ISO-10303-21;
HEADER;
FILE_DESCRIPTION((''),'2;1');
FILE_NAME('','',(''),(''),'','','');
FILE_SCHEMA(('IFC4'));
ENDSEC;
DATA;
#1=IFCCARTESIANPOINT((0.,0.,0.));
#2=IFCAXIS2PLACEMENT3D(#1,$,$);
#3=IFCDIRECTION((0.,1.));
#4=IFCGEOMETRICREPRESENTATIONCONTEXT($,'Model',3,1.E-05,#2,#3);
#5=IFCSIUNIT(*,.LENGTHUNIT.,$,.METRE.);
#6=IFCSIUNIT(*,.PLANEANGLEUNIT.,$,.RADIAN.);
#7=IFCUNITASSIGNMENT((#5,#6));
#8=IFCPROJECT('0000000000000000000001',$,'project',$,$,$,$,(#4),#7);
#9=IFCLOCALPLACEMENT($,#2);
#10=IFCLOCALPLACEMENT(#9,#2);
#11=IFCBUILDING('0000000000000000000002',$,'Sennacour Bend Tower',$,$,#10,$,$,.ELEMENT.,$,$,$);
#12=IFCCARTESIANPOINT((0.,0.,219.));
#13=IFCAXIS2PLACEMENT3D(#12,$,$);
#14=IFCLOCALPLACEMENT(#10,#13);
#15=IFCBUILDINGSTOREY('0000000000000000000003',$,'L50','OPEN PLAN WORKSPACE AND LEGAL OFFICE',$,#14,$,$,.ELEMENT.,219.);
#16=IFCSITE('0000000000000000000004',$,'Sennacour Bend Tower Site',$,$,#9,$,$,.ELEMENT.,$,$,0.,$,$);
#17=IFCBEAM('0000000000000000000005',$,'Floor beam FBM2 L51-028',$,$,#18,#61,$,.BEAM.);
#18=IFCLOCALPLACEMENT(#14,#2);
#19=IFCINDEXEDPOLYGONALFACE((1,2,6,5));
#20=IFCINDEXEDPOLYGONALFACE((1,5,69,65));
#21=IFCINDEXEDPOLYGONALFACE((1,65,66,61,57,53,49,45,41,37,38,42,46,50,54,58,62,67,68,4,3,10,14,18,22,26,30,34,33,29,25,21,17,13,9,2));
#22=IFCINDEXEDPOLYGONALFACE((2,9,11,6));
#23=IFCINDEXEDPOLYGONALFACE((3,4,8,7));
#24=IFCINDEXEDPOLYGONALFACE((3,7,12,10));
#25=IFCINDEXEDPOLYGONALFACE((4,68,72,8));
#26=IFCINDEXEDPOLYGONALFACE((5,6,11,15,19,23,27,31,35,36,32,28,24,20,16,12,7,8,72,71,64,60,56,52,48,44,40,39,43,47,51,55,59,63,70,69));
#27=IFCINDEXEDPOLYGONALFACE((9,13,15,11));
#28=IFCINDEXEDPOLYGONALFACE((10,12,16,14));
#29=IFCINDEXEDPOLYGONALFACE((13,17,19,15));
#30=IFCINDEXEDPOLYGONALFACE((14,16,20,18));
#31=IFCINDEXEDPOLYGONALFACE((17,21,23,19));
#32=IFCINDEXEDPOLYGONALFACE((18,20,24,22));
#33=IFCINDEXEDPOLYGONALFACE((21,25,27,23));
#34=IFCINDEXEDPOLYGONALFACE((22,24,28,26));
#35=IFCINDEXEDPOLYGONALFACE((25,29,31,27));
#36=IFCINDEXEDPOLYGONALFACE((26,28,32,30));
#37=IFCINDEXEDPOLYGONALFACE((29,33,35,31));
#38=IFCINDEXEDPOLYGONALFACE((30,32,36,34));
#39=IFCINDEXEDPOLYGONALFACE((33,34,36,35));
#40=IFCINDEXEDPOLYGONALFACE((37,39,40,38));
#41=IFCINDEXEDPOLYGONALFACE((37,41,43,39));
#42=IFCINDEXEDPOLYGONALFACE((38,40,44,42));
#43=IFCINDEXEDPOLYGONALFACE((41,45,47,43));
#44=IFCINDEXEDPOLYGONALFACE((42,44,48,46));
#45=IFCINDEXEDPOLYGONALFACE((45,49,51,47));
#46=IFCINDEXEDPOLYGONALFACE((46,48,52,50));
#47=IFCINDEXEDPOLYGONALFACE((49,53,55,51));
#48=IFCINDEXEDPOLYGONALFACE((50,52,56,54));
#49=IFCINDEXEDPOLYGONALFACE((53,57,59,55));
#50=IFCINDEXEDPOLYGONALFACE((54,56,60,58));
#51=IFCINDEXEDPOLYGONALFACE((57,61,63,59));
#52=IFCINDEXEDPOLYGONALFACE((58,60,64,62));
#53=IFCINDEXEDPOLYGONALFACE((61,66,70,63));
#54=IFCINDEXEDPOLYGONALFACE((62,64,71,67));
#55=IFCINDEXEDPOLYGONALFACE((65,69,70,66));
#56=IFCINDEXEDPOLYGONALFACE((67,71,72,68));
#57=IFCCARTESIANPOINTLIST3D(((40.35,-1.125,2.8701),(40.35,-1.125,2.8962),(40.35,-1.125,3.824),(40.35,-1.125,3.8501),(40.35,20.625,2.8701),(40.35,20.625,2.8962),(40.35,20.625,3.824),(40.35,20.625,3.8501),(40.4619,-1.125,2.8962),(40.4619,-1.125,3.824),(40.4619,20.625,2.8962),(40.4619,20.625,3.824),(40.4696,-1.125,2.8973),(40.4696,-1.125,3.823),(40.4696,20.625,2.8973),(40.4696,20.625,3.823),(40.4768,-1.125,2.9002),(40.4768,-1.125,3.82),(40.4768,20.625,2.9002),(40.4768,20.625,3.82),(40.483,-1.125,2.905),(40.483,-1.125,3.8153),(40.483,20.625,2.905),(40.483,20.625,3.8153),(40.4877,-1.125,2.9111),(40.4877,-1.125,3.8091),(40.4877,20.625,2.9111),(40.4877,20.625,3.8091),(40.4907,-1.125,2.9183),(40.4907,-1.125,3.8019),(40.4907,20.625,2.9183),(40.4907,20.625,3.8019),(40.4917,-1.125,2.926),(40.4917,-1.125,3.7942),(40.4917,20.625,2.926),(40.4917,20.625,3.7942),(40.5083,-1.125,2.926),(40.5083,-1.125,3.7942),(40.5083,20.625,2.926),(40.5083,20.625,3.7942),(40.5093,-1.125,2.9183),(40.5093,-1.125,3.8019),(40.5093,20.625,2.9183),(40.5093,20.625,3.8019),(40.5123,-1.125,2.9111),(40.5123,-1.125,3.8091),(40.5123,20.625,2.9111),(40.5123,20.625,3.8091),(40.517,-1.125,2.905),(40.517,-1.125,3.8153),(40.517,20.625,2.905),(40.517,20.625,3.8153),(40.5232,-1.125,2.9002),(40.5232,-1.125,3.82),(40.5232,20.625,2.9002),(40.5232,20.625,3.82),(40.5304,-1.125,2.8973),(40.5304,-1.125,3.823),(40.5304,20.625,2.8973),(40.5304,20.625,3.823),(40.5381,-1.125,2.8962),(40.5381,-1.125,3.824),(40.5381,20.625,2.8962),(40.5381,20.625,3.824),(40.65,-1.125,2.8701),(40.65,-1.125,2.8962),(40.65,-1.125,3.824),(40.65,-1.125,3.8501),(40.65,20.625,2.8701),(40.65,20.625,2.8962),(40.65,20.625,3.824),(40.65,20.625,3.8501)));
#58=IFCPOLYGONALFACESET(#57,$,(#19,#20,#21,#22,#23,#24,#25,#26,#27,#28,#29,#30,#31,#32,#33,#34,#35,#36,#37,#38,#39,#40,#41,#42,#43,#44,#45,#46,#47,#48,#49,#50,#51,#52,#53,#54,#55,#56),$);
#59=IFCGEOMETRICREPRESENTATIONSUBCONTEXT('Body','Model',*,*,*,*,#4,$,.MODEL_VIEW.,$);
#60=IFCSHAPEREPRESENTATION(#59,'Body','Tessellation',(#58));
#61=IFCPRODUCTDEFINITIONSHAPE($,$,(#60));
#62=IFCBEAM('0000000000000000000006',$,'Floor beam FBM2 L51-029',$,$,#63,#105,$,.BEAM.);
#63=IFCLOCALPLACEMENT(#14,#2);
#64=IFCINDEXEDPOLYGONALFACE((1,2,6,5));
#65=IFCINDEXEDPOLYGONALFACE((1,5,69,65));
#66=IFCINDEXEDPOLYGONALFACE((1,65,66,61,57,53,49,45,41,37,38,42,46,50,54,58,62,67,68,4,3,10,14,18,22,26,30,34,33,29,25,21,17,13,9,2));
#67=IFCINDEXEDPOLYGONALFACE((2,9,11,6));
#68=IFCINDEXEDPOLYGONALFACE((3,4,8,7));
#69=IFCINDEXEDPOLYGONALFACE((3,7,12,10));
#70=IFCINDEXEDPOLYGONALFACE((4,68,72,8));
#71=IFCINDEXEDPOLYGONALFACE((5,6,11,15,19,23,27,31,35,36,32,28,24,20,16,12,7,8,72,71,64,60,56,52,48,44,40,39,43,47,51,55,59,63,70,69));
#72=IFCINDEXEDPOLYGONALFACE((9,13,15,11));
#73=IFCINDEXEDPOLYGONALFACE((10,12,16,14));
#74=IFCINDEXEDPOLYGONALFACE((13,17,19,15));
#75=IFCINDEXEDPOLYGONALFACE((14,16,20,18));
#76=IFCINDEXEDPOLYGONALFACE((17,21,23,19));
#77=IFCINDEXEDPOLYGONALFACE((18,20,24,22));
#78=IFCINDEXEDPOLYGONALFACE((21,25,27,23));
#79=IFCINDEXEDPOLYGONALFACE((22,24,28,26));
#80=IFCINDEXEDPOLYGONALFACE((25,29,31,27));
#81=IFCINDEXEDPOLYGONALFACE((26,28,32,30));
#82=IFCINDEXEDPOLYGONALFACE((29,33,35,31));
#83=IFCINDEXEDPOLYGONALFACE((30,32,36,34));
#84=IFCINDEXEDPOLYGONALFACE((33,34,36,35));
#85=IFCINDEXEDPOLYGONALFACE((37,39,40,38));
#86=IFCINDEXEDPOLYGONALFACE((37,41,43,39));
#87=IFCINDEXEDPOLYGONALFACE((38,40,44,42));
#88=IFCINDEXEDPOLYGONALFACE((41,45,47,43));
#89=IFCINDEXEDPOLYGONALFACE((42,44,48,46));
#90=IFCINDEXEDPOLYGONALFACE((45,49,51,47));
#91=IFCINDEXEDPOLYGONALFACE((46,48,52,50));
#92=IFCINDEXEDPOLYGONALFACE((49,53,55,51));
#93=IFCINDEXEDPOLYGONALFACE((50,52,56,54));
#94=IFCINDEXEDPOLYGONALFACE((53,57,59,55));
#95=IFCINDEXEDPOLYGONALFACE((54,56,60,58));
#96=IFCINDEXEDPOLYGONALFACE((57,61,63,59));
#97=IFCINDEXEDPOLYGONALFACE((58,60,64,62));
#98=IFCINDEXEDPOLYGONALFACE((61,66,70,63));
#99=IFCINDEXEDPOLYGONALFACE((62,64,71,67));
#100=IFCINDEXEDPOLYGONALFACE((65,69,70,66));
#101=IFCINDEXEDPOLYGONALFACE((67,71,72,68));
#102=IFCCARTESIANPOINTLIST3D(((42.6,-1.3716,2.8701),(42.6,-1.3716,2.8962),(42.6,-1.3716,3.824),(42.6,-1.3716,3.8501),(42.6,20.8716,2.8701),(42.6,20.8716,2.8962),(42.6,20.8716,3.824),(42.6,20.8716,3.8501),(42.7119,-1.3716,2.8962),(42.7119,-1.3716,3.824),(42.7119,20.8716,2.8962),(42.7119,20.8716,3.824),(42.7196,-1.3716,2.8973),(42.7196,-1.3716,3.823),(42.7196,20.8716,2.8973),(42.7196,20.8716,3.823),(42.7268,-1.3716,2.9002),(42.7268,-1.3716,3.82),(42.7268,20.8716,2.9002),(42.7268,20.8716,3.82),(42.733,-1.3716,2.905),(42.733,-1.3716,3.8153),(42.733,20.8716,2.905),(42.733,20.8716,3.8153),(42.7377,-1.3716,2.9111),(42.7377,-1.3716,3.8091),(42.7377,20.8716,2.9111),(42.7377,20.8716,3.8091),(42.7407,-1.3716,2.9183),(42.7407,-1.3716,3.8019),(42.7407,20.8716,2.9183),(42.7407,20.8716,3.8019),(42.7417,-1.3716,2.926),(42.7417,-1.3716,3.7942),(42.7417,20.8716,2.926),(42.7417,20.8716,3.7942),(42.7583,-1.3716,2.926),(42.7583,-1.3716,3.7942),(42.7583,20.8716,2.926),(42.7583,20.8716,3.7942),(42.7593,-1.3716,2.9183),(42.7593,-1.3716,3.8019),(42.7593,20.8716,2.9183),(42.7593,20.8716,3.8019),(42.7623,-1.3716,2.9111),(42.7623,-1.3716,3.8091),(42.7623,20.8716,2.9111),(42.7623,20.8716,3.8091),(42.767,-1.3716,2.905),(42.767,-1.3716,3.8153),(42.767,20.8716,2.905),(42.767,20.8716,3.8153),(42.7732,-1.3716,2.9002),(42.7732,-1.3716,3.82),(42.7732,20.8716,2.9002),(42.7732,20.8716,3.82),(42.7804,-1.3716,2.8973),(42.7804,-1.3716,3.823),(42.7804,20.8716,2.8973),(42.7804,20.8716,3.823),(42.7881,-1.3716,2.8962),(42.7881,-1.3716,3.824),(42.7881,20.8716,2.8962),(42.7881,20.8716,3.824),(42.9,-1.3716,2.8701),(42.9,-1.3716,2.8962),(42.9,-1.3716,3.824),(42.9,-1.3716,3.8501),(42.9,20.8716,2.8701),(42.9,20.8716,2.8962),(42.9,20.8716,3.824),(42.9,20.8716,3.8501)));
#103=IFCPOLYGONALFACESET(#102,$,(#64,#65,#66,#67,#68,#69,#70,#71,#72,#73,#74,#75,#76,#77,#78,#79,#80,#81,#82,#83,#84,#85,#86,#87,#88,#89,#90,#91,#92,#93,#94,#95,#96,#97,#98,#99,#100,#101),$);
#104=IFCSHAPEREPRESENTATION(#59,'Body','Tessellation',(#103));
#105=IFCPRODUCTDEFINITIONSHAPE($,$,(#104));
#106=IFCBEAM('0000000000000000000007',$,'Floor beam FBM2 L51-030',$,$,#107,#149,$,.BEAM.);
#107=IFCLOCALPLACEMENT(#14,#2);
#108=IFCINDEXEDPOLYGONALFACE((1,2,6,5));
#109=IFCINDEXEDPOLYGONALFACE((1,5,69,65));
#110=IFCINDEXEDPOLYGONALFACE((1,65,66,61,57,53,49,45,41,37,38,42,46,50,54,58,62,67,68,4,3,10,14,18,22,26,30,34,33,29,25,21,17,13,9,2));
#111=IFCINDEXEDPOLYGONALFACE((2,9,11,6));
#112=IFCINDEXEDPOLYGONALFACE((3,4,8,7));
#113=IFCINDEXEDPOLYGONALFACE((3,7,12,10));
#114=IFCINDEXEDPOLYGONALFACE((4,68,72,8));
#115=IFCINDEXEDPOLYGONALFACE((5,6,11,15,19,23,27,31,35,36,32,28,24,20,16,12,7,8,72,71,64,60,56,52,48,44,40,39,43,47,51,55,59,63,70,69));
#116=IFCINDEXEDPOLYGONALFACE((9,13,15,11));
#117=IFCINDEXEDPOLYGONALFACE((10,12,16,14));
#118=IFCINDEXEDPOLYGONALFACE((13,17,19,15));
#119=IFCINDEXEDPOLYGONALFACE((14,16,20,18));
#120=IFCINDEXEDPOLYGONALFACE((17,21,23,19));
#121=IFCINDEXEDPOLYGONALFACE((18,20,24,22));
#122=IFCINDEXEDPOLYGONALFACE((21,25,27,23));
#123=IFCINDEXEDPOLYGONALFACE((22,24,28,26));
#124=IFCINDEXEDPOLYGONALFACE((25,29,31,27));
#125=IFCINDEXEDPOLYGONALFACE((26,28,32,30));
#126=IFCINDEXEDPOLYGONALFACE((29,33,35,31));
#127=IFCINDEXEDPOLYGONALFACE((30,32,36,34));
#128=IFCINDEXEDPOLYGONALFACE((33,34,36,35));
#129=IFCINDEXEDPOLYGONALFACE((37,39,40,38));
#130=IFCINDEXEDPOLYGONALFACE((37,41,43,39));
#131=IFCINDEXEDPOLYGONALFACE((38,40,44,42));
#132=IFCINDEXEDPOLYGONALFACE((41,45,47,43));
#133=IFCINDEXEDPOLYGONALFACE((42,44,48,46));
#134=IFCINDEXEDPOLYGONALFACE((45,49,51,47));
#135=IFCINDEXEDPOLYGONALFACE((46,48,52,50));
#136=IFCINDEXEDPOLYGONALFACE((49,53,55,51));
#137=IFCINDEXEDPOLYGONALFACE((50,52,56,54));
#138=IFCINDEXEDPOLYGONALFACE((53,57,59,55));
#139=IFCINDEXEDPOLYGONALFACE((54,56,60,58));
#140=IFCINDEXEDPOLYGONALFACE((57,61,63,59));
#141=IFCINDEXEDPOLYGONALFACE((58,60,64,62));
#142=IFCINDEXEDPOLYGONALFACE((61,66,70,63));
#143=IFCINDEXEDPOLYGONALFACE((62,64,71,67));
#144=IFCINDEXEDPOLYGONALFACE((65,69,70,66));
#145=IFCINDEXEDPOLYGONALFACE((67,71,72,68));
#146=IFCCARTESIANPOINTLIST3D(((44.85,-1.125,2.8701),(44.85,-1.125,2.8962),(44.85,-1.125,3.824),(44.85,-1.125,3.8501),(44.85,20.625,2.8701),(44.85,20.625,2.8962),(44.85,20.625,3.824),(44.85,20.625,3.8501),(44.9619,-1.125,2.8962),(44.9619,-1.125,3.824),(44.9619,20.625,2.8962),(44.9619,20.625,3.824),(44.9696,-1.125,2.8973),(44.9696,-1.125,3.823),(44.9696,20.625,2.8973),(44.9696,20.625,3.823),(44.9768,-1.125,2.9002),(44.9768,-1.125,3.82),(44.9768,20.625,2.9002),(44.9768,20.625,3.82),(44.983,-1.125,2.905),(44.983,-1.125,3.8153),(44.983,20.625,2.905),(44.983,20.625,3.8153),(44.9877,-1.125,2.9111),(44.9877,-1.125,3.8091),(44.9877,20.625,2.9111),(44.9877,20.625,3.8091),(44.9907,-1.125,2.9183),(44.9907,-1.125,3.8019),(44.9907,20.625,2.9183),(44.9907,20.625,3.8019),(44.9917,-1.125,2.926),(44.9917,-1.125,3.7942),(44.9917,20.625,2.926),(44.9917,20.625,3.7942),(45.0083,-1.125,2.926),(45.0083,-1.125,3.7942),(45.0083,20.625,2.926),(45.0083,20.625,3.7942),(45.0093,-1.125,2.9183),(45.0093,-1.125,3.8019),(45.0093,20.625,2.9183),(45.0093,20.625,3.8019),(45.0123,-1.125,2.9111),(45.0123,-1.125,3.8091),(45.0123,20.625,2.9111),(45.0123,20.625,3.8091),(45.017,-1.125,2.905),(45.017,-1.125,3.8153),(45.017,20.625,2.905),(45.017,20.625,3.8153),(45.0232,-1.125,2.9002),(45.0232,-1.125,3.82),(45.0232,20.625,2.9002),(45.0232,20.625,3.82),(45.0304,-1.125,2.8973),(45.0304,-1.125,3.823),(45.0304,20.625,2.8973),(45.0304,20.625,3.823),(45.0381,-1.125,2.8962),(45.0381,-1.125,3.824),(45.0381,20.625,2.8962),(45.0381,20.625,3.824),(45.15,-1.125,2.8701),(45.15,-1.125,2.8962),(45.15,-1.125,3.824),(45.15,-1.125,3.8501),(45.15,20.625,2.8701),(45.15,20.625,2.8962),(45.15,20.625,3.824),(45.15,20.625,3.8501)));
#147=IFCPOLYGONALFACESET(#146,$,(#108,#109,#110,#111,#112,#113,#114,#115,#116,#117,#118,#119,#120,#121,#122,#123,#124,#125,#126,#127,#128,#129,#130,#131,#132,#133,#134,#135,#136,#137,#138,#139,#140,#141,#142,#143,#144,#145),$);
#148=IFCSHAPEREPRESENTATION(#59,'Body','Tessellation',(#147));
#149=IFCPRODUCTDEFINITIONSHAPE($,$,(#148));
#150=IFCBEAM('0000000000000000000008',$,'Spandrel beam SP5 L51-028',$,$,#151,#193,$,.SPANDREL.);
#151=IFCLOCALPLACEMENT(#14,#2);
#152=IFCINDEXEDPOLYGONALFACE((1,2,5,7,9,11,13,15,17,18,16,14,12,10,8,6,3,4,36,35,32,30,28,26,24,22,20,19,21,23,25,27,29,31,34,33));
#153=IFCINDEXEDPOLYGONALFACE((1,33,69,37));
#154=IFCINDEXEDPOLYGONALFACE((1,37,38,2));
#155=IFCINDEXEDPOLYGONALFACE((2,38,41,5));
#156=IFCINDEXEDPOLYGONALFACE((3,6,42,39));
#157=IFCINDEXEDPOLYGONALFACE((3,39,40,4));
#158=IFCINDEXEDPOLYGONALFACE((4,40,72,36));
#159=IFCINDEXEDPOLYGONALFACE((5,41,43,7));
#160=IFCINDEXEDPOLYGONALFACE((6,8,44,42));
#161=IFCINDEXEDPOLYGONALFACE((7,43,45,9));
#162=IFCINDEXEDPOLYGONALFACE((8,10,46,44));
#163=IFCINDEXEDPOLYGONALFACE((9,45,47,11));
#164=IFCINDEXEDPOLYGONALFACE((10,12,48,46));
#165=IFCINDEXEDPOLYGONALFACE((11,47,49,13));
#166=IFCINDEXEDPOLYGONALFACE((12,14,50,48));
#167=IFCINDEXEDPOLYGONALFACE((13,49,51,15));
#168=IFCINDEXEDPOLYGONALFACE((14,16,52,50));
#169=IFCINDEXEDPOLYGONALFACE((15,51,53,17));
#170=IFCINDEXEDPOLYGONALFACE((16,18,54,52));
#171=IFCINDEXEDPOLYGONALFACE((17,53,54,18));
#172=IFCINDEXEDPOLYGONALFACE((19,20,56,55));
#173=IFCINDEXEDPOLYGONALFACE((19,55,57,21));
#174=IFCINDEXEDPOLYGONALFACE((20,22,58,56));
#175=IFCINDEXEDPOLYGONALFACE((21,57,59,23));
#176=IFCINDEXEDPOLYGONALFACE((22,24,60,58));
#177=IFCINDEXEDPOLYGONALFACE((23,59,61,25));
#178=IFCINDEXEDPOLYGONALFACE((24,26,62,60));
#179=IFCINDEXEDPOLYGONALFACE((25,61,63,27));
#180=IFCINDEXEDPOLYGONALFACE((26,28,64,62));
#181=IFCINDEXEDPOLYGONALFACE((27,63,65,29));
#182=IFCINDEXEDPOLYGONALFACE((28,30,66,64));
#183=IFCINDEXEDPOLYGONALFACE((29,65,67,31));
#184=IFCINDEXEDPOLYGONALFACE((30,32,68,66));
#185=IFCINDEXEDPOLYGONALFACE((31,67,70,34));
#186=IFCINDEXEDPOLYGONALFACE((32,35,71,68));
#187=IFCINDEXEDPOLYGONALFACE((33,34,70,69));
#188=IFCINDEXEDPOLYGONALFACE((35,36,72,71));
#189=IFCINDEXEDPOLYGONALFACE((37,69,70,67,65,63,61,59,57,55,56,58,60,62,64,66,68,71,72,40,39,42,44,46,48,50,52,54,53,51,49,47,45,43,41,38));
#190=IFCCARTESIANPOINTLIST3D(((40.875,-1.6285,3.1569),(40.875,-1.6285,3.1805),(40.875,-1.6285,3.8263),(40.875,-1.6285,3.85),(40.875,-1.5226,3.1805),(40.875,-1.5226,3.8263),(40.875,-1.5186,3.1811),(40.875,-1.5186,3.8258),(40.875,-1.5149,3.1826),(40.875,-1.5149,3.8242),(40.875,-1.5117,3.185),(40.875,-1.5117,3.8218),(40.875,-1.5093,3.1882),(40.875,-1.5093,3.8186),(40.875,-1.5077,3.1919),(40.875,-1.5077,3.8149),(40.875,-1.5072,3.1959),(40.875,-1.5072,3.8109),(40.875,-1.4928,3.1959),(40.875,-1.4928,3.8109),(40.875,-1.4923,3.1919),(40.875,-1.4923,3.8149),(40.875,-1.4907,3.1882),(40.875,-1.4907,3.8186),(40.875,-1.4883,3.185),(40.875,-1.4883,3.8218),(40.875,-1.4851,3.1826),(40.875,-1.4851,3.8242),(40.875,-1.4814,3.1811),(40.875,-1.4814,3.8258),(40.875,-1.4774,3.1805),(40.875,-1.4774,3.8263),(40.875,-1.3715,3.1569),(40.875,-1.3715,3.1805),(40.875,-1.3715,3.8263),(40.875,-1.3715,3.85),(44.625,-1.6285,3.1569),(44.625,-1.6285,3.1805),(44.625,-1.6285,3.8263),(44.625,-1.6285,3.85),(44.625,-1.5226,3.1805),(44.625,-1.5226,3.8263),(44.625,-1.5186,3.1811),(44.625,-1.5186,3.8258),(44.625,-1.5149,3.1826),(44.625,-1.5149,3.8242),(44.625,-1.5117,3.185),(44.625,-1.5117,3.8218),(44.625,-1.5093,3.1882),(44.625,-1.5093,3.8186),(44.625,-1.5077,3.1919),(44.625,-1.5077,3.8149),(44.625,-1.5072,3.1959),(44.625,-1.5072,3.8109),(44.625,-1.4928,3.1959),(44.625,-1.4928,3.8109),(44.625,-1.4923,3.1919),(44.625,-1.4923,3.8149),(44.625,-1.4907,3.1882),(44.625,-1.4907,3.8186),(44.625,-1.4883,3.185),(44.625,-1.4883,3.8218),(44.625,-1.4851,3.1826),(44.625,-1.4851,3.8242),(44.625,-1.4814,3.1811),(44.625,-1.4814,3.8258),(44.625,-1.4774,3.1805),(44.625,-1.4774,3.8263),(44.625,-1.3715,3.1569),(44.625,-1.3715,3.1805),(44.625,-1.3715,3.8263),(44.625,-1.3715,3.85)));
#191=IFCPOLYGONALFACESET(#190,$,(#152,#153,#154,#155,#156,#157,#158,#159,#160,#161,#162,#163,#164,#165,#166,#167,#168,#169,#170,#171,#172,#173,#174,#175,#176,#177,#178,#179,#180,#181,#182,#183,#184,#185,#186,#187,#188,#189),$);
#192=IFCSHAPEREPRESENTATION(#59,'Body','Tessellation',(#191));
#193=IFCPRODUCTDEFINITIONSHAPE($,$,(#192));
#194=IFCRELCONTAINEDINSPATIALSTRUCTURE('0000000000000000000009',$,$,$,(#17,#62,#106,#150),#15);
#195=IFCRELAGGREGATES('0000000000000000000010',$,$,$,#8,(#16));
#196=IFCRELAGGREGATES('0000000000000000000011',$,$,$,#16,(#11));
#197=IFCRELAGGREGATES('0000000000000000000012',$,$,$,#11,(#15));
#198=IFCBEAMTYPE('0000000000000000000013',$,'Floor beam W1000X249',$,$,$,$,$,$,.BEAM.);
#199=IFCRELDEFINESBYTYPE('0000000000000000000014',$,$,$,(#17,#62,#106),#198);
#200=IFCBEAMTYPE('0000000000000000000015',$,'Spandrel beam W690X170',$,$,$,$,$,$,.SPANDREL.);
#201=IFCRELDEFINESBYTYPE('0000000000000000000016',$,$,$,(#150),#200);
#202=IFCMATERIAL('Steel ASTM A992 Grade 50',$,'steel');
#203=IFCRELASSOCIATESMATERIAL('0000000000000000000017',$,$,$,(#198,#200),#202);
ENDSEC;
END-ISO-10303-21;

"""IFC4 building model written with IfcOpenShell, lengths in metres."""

from ifc_helpers import new_model, si_unit, direction, frame, origin, origin_2d, place, context, subcontext, project, spatial, i_section, extrude, material, material_profile, profile_set, type_object, element, save


model = new_model("IFC4")

# Units and contexts
model_context = context("Model", 3, precision=1e-05, world=origin(), true_north=direction((0.0, 1.0)))
body_context = subcontext(model_context, "Body", "Model", "MODEL_VIEW")
ifc_project = project(units=[si_unit("LENGTHUNIT", "METRE"), si_unit("PLANEANGLEUNIT", "RADIAN")], contexts=[model_context])

# Site, building, storey
site_placement = place(None, origin())
site = spatial("IfcSite", under=ifc_project, at=site_placement, Name="Sennacour Bend Tower Site", CompositionType="ELEMENT", RefElevation=0.0)
building_placement = place(site_placement, origin())
building = spatial("IfcBuilding", under=site, at=building_placement, Name="Sennacour Bend Tower", CompositionType="ELEMENT")
storey_placement = place(building_placement, frame((0.0, 0.0, 219.0)))
storey = spatial("IfcBuildingStorey", under=building, at=storey_placement, Name="L50", Description="OPEN PLAN WORKSPACE AND LEGAL OFFICE", CompositionType="ELEMENT", Elevation=219.0)

# Beams
ifc_material_1 = material(Name="Steel ASTM A992 Grade 50", Category="steel")
ifc_material_profile_1 = material_profile(ifc_material_1, i_section(OverallWidth=0.3, OverallDepth=0.98, WebThickness=0.0166, FlangeThickness=0.0261, FilletRadius=0.0298, at=origin_2d()), Name="Steel ASTM A992 Grade 50", Category="steel")
ifc_profile_set_1 = profile_set([ifc_material_profile_1], Name="Steel ASTM A992 Grade 50")
beam_type_1 = type_object("IfcBeamType", Name="Floor beam W1000X249", PredefinedType="BEAM", material=ifc_profile_set_1)
beam_1_placement = place(storey_placement, frame((40.5, -1.125, 3.3601), z_axis=(0.0, 1.0, 0.0), x_axis=(-1.0, 0.0, 0.0)))
element("IfcBeam", 1, at=beam_1_placement, inside=storey, type_object=beam_type_1, Name="Floor beam FBM2 L51-028", PredefinedType="BEAM", context=body_context, shape_type="SweptSolid", body=[
    extrude(i_section(OverallWidth=0.3, OverallDepth=0.98, WebThickness=0.0166, FlangeThickness=0.0261, FilletRadius=0.0298, at=origin_2d()), origin(), (0.0, 0.0, 1.0), 21.75),
])
beam_2_placement = place(storey_placement, frame((42.75, -1.3716, 3.3601), z_axis=(0.0, 1.0, 0.0), x_axis=(-1.0, 0.0, 0.0)))
element("IfcBeam", 2, at=beam_2_placement, inside=storey, type_object=beam_type_1, Name="Floor beam FBM2 L51-029", PredefinedType="BEAM", context=body_context, shape_type="SweptSolid", body=[
    extrude(i_section(OverallWidth=0.3, OverallDepth=0.98, WebThickness=0.0166, FlangeThickness=0.0261, FilletRadius=0.0298, at=origin_2d()), origin(), (0.0, 0.0, 1.0), 22.2432),
])
beam_3_placement = place(storey_placement, frame((45.0, -1.125, 3.3601), z_axis=(0.0, 1.0, 0.0), x_axis=(-1.0, 0.0, 0.0)))
element("IfcBeam", 3, at=beam_3_placement, inside=storey, type_object=beam_type_1, Name="Floor beam FBM2 L51-030", PredefinedType="BEAM", context=body_context, shape_type="SweptSolid", body=[
    extrude(i_section(OverallWidth=0.3, OverallDepth=0.98, WebThickness=0.0166, FlangeThickness=0.0261, FilletRadius=0.0298, at=origin_2d()), origin(), (0.0, 0.0, 1.0), 21.75),
])
ifc_material_profile_2 = material_profile(ifc_material_1, i_section(OverallWidth=0.2571, OverallDepth=0.6931, WebThickness=0.0144, FlangeThickness=0.0237, FilletRadius=0.0154, at=origin_2d()), Name="Steel ASTM A992 Grade 50", Category="steel")
ifc_profile_set_2 = profile_set([ifc_material_profile_2], Name="Steel ASTM A992 Grade 50")
beam_type_2 = type_object("IfcBeamType", Name="Spandrel beam W690X170", PredefinedType="SPANDREL", material=ifc_profile_set_2)
for number, where, z_axis, x_axis, name in (
    (4, (44.625, -1.5, 3.5034), (-1.0, 0.0, 0.0), (0.0, -1.0, 0.0), "Spandrel beam SP5 L51-028"),
):
    element("IfcBeam", number, at=place(storey_placement, frame(where, z_axis=z_axis, x_axis=x_axis)), inside=storey, type_object=beam_type_2, Name=name, PredefinedType="SPANDREL", context=body_context, shape_type="SweptSolid", body=[
        extrude(i_section(OverallWidth=0.2571, OverallDepth=0.6931, WebThickness=0.0144, FlangeThickness=0.0237, FilletRadius=0.0154, at=origin_2d()), origin(), (0.0, 0.0, 1.0), 3.75),
    ])

save(model, "model.ifc")
